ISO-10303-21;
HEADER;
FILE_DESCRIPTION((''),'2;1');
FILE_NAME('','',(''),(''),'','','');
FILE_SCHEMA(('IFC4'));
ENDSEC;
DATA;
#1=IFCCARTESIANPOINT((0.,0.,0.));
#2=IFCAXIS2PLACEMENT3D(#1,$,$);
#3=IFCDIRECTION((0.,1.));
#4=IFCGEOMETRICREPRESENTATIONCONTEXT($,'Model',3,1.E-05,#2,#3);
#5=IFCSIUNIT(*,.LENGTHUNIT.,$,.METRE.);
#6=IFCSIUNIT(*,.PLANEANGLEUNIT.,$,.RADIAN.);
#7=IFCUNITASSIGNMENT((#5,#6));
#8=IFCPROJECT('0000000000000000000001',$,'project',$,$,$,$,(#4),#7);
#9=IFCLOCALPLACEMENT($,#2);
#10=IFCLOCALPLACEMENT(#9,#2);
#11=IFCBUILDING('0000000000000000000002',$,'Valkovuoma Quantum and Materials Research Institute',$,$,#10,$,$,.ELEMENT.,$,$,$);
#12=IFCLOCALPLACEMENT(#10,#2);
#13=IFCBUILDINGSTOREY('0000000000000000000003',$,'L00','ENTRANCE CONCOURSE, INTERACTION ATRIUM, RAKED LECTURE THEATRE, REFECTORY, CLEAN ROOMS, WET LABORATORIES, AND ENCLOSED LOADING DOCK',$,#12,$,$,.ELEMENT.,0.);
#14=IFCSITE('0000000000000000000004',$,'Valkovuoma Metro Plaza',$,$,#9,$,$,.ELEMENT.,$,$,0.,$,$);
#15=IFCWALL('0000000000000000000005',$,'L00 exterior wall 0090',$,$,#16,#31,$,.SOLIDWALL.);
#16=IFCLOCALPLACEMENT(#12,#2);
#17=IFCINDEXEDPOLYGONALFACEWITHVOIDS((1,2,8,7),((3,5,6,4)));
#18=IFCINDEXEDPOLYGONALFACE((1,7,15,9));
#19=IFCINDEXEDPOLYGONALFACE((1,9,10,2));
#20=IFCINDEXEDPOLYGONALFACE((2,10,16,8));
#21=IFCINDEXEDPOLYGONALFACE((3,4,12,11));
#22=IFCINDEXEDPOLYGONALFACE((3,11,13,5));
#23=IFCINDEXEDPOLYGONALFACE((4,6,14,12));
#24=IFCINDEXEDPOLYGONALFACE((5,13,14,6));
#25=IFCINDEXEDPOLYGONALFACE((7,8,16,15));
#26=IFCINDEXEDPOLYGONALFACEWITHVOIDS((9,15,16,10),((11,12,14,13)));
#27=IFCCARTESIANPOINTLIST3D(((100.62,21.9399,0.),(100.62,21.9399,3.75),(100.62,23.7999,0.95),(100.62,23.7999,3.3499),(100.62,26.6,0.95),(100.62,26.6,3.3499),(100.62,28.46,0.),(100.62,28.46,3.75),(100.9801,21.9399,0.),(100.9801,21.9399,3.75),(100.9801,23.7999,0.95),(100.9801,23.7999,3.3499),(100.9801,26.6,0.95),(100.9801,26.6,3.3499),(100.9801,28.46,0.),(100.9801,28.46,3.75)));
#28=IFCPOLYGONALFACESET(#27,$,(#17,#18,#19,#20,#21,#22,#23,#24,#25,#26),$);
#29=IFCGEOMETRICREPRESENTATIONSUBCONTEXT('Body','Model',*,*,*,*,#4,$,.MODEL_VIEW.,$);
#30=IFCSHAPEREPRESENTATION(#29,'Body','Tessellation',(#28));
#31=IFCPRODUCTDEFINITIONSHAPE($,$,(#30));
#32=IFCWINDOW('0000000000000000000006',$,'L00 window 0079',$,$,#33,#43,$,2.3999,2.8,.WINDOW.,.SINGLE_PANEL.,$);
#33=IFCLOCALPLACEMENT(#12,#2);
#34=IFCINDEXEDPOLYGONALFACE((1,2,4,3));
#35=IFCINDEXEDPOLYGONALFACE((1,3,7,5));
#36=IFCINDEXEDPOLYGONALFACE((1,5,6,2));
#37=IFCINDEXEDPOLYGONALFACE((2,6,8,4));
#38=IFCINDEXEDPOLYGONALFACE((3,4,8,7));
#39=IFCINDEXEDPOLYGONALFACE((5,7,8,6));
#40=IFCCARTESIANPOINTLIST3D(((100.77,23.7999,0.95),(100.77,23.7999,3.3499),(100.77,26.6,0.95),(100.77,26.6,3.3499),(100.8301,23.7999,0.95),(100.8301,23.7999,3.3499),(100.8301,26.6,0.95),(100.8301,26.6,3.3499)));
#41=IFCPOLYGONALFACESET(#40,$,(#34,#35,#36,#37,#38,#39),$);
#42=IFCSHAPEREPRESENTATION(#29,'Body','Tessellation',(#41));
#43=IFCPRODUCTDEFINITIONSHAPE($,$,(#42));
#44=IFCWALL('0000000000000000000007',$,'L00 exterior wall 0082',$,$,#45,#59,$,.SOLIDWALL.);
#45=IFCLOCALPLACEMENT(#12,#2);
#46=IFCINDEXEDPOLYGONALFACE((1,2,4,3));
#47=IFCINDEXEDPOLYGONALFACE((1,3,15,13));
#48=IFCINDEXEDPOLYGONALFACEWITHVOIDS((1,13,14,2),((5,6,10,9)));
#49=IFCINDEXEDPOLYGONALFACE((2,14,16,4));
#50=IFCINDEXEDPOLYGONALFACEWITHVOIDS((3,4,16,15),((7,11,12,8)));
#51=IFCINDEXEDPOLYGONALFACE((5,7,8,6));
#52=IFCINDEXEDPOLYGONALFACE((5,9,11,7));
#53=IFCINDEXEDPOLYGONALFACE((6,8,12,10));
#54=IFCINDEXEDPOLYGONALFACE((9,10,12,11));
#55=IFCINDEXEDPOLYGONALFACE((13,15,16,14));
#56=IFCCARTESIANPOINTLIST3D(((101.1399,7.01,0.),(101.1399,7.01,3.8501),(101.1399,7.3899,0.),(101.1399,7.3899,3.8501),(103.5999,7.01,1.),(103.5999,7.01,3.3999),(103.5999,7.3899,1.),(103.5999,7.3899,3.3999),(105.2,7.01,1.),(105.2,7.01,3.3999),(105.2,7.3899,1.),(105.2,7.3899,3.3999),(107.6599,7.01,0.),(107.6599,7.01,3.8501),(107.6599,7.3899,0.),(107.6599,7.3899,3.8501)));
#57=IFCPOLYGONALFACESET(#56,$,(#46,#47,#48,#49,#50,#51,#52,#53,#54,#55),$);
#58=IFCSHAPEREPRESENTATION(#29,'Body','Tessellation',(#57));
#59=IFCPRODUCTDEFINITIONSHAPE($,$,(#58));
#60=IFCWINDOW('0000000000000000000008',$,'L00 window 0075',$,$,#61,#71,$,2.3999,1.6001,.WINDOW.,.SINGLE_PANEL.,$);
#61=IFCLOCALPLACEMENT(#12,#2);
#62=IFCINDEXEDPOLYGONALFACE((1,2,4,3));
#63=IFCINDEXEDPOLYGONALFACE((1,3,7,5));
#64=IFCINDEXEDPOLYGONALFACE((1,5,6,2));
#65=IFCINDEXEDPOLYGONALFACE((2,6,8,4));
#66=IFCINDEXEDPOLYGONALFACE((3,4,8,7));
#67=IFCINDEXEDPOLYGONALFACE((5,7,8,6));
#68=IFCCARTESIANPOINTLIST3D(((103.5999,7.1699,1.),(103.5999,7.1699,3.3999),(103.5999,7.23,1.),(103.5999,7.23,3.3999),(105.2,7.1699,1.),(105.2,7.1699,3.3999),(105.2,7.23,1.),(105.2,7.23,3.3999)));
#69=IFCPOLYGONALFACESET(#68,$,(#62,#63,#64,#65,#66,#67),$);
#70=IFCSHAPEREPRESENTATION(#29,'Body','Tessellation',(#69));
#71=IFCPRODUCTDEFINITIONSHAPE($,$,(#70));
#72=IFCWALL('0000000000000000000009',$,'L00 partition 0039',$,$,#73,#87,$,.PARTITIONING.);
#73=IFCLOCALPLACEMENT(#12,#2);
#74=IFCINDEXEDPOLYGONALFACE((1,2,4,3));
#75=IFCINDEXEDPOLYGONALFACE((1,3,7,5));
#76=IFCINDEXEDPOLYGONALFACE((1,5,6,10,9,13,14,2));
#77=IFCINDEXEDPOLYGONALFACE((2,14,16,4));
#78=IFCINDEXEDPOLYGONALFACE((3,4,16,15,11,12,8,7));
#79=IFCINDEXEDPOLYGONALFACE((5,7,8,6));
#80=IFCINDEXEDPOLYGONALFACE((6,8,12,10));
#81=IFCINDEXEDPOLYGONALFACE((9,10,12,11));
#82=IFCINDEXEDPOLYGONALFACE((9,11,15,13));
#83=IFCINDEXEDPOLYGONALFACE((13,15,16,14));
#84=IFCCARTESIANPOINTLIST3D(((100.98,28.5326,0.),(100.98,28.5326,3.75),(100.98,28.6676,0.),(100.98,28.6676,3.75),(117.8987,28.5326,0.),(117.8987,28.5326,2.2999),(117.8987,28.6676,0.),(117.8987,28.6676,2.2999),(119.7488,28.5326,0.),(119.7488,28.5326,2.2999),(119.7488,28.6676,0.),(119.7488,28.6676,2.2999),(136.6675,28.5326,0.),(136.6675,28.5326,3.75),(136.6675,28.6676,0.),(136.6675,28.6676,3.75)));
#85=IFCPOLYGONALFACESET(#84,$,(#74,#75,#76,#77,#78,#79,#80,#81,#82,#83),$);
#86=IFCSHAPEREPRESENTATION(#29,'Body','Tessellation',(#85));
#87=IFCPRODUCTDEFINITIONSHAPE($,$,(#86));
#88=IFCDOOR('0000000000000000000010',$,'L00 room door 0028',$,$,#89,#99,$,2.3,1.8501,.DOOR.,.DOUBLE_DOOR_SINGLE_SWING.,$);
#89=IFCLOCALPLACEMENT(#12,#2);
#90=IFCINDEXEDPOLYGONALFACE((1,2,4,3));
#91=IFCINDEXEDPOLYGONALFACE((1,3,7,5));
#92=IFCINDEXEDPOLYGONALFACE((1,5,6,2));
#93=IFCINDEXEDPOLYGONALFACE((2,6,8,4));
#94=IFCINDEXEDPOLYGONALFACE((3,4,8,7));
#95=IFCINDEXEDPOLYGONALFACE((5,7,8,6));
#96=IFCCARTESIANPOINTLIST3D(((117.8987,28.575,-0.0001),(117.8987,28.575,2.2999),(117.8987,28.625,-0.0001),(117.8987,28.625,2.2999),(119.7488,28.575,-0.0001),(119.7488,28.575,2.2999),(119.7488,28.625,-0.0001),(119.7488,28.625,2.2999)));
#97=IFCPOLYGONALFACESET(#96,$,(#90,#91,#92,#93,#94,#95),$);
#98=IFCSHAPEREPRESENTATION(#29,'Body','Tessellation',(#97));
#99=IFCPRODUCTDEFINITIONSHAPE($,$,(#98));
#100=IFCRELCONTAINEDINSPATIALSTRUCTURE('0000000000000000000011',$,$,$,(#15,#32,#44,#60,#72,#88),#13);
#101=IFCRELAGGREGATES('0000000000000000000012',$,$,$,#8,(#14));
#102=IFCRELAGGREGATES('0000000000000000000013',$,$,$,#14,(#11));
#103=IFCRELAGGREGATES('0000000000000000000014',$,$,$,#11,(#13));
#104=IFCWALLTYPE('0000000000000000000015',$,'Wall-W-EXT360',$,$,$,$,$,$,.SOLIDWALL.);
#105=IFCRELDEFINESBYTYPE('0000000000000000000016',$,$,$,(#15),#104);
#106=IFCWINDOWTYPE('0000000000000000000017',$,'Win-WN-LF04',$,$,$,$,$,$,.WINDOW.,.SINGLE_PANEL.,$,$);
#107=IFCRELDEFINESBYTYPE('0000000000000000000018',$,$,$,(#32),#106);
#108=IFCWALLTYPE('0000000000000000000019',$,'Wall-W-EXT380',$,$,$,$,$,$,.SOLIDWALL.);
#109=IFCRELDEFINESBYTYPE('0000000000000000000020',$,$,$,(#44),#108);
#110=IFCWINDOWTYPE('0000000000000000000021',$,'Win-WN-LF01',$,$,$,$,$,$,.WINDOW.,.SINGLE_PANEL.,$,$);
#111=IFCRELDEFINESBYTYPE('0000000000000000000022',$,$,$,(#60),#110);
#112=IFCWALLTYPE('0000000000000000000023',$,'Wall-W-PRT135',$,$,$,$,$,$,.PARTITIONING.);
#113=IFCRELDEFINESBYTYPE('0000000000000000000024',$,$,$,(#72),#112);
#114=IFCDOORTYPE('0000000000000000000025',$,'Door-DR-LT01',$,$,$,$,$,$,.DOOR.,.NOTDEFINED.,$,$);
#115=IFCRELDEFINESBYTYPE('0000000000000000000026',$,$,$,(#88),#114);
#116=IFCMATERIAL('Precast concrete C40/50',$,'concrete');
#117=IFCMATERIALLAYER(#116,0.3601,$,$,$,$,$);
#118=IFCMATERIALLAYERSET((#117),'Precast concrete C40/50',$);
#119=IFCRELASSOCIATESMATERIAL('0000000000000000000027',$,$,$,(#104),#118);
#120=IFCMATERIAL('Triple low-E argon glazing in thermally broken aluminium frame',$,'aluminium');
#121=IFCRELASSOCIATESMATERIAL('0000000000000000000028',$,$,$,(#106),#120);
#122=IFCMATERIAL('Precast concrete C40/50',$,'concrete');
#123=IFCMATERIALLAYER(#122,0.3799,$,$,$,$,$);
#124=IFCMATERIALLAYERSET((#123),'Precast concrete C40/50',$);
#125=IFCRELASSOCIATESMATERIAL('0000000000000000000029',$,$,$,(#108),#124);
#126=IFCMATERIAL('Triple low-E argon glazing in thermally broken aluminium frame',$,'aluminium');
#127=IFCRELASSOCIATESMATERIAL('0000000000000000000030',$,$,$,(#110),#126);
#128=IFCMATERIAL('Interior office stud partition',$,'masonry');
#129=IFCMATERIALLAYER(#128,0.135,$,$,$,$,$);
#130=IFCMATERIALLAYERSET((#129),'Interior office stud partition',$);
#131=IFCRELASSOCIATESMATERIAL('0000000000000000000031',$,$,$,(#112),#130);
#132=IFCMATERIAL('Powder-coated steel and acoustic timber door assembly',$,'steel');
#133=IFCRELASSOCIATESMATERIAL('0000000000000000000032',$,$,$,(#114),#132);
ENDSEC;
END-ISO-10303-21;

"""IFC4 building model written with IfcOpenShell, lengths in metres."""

from ifc_helpers import new_model, si_unit, direction, frame, frame_2d, origin, place, context, subcontext, project, spatial, rectangle, extrude, material, layer, layer_set, type_object, element, fill, save


model = new_model("IFC4")

# Units and contexts
model_context = context("Model", 3, precision=1e-05, world=origin(), true_north=direction((0.0, 1.0)))
body_context = subcontext(model_context, "Body", "Model", "MODEL_VIEW")
ifc_project = project(units=[si_unit("LENGTHUNIT", "METRE"), si_unit("PLANEANGLEUNIT", "RADIAN")], contexts=[model_context])

# Site, building, storey
site_placement = place(None, origin())
site = spatial("IfcSite", under=ifc_project, at=site_placement, Name="Valkovuoma Metro Plaza", CompositionType="ELEMENT", RefElevation=0.0)
building_placement = place(site_placement, origin())
building = spatial("IfcBuilding", under=site, at=building_placement, Name="Valkovuoma Quantum and Materials Research Institute", CompositionType="ELEMENT")
storey_placement = place(building_placement, origin())
storey = spatial("IfcBuildingStorey", under=building, at=storey_placement, Name="L00", Description="ENTRANCE CONCOURSE, INTERACTION ATRIUM, RAKED LECTURE THEATRE, REFECTORY, CLEAN ROOMS, WET LABORATORIES, AND ENCLOSED LOADING DOCK", CompositionType="ELEMENT", Elevation=0.0)

# Walls, openings, windows
ifc_material_1 = material(Name="Precast concrete C40/50", Category="concrete")
ifc_layer_1 = layer(ifc_material_1, 0.3601)
ifc_layer_set_1 = layer_set([ifc_layer_1], Name="Precast concrete C40/50")
wall_type_1 = type_object("IfcWallType", Name="Wall-W-EXT360", PredefinedType="SOLIDWALL", material=ifc_layer_set_1)
wall_1_placement = place(storey_placement, frame((100.8, 21.9399, 0.0), z_axis=(0.0, 0.0, 1.0), x_axis=(0.0, 1.0, 0.0)))
wall_1 = element("IfcWall", 1, at=wall_1_placement, inside=storey, type_object=wall_type_1, Name="L00 exterior wall 0090", PredefinedType="SOLIDWALL", context=body_context, shape_type="SweptSolid", body=[
    extrude(rectangle(XDim=6.52, YDim=0.3601, at=frame_2d((3.26, 0.0))), origin(), (0.0, 0.0, 1.0), 3.75),
])
opening_1_placement = place(wall_1_placement, frame((1.8601, 0.0, 0.95)))
opening_1 = element("IfcOpeningElement", 2, at=opening_1_placement, cuts=wall_1, PredefinedType="OPENING", context=body_context, shape_type="SweptSolid", body=[
    extrude(rectangle(XDim=2.8, YDim=2.3999, at=frame_2d((1.3999, 1.2))), frame((0.0, 0.1899, 0.0), z_axis=(0.0, -1.0, 0.0), x_axis=(1.0, 0.0, 0.0)), (0.0, 0.0, 1.0), 0.3801),
])
ifc_material_2 = material(Name="Triple low-E argon glazing in thermally broken aluminium frame", Category="aluminium")
window_type_1 = type_object("IfcWindowType", Name="Win-WN-LF04", PartitioningType="SINGLE_PANEL", PredefinedType="WINDOW", material=ifc_material_2)
window_1_placement = place(opening_1_placement, origin())
window_1 = element("IfcWindow", 3, at=window_1_placement, inside=storey, type_object=window_type_1, Name="L00 window 0079", OverallHeight=2.3999, OverallWidth=2.8, PartitioningType="SINGLE_PANEL", PredefinedType="WINDOW", context=body_context, shape_type="SweptSolid", body=[
    extrude(rectangle(XDim=2.8, YDim=2.3999, at=frame_2d((1.3999, 1.2))), frame((0.0, 0.03, 0.0), z_axis=(0.0, -1.0, 0.0), x_axis=(1.0, 0.0, 0.0)), (0.0, 0.0, 1.0), 0.0601),
])
fill(opening_1, window_1)
ifc_material_3 = material(Name="Precast concrete C40/50", Category="concrete")
ifc_layer_2 = layer(ifc_material_3, 0.3799)
ifc_layer_set_2 = layer_set([ifc_layer_2], Name="Precast concrete C40/50")
wall_type_2 = type_object("IfcWallType", Name="Wall-W-EXT380", PredefinedType="SOLIDWALL", material=ifc_layer_set_2)
wall_2_placement = place(storey_placement, frame((101.1399, 7.2, 0.0), z_axis=(0.0, 0.0, 1.0), x_axis=(1.0, 0.0, 0.0)))
wall_2 = element("IfcWall", 4, at=wall_2_placement, inside=storey, type_object=wall_type_2, Name="L00 exterior wall 0082", PredefinedType="SOLIDWALL", context=body_context, shape_type="SweptSolid", body=[
    extrude(rectangle(XDim=6.52, YDim=0.3799, at=frame_2d((3.26, 0.0))), origin(), (0.0, 0.0, 1.0), 3.8501),
])
opening_2_placement = place(wall_2_placement, frame((2.46, 0.0, 1.0)))
opening_2 = element("IfcOpeningElement", 5, at=opening_2_placement, cuts=wall_2, PredefinedType="OPENING", context=body_context, shape_type="SweptSolid", body=[
    extrude(rectangle(XDim=1.6001, YDim=2.3999, at=frame_2d((0.8, 1.2))), frame((0.0, 0.2, 0.0), z_axis=(0.0, -1.0, 0.0), x_axis=(1.0, 0.0, 0.0)), (0.0, 0.0, 1.0), 0.3999),
])
ifc_material_4 = material(Name="Triple low-E argon glazing in thermally broken aluminium frame", Category="aluminium")
window_type_2 = type_object("IfcWindowType", Name="Win-WN-LF01", PartitioningType="SINGLE_PANEL", PredefinedType="WINDOW", material=ifc_material_4)
window_2_placement = place(opening_2_placement, origin())
window_2 = element("IfcWindow", 6, at=window_2_placement, inside=storey, type_object=window_type_2, Name="L00 window 0075", OverallHeight=2.3999, OverallWidth=1.6001, PartitioningType="SINGLE_PANEL", PredefinedType="WINDOW", context=body_context, shape_type="SweptSolid", body=[
    extrude(rectangle(XDim=1.6001, YDim=2.3999, at=frame_2d((0.8, 1.2))), frame((0.0, 0.03, 0.0), z_axis=(0.0, -1.0, 0.0), x_axis=(1.0, 0.0, 0.0)), (0.0, 0.0, 1.0), 0.0601),
])
fill(opening_2, window_2)

# Wall, opening, door
ifc_material_5 = material(Name="Interior office stud partition", Category="masonry")
ifc_layer_3 = layer(ifc_material_5, 0.135)
ifc_layer_set_3 = layer_set([ifc_layer_3], Name="Interior office stud partition")
wall_type_3 = type_object("IfcWallType", Name="Wall-W-PRT135", PredefinedType="PARTITIONING", material=ifc_layer_set_3)
wall_3_placement = place(storey_placement, frame((100.98, 28.6001, 0.0), z_axis=(0.0, 0.0, 1.0), x_axis=(1.0, 0.0, 0.0)))
wall_3 = element("IfcWall", 7, at=wall_3_placement, inside=storey, type_object=wall_type_3, Name="L00 partition 0039", PredefinedType="PARTITIONING", context=body_context, shape_type="SweptSolid", body=[
    extrude(rectangle(XDim=35.6875, YDim=0.135, at=frame_2d((17.8438, 0.0))), origin(), (0.0, 0.0, 1.0), 3.75),
])
opening_3_placement = place(wall_3_placement, frame((16.9187, 0.0, 0.0)))
opening_3 = element("IfcOpeningElement", 8, at=opening_3_placement, cuts=wall_3, PredefinedType="OPENING", context=body_context, shape_type="SweptSolid", body=[
    extrude(rectangle(XDim=1.8501, YDim=2.3, at=frame_2d((0.925, 1.1499))), frame((0.0, 0.0776, 0.0), z_axis=(0.0, -1.0, 0.0), x_axis=(1.0, 0.0, 0.0)), (0.0, 0.0, 1.0), 0.155),
])
ifc_material_6 = material(Name="Powder-coated steel and acoustic timber door assembly", Category="steel")
door_type = type_object("IfcDoorType", Name="Door-DR-LT01", OperationType="NOTDEFINED", PredefinedType="DOOR", material=ifc_material_6)
door_placement = place(opening_3_placement, origin())
door = element("IfcDoor", 9, at=door_placement, inside=storey, type_object=door_type, Name="L00 room door 0028", OperationType="DOUBLE_DOOR_SINGLE_SWING", OverallHeight=2.3, OverallWidth=1.8501, PredefinedType="DOOR", context=body_context, shape_type="SweptSolid", body=[
    extrude(rectangle(XDim=1.8501, YDim=2.3, at=frame_2d((0.925, 1.1499))), frame((0.0, 0.0249, 0.0), z_axis=(0.0, -1.0, 0.0), x_axis=(1.0, 0.0, 0.0)), (0.0, 0.0, 1.0), 0.05),
])
fill(opening_3, door)

save(model, "model.ifc")
